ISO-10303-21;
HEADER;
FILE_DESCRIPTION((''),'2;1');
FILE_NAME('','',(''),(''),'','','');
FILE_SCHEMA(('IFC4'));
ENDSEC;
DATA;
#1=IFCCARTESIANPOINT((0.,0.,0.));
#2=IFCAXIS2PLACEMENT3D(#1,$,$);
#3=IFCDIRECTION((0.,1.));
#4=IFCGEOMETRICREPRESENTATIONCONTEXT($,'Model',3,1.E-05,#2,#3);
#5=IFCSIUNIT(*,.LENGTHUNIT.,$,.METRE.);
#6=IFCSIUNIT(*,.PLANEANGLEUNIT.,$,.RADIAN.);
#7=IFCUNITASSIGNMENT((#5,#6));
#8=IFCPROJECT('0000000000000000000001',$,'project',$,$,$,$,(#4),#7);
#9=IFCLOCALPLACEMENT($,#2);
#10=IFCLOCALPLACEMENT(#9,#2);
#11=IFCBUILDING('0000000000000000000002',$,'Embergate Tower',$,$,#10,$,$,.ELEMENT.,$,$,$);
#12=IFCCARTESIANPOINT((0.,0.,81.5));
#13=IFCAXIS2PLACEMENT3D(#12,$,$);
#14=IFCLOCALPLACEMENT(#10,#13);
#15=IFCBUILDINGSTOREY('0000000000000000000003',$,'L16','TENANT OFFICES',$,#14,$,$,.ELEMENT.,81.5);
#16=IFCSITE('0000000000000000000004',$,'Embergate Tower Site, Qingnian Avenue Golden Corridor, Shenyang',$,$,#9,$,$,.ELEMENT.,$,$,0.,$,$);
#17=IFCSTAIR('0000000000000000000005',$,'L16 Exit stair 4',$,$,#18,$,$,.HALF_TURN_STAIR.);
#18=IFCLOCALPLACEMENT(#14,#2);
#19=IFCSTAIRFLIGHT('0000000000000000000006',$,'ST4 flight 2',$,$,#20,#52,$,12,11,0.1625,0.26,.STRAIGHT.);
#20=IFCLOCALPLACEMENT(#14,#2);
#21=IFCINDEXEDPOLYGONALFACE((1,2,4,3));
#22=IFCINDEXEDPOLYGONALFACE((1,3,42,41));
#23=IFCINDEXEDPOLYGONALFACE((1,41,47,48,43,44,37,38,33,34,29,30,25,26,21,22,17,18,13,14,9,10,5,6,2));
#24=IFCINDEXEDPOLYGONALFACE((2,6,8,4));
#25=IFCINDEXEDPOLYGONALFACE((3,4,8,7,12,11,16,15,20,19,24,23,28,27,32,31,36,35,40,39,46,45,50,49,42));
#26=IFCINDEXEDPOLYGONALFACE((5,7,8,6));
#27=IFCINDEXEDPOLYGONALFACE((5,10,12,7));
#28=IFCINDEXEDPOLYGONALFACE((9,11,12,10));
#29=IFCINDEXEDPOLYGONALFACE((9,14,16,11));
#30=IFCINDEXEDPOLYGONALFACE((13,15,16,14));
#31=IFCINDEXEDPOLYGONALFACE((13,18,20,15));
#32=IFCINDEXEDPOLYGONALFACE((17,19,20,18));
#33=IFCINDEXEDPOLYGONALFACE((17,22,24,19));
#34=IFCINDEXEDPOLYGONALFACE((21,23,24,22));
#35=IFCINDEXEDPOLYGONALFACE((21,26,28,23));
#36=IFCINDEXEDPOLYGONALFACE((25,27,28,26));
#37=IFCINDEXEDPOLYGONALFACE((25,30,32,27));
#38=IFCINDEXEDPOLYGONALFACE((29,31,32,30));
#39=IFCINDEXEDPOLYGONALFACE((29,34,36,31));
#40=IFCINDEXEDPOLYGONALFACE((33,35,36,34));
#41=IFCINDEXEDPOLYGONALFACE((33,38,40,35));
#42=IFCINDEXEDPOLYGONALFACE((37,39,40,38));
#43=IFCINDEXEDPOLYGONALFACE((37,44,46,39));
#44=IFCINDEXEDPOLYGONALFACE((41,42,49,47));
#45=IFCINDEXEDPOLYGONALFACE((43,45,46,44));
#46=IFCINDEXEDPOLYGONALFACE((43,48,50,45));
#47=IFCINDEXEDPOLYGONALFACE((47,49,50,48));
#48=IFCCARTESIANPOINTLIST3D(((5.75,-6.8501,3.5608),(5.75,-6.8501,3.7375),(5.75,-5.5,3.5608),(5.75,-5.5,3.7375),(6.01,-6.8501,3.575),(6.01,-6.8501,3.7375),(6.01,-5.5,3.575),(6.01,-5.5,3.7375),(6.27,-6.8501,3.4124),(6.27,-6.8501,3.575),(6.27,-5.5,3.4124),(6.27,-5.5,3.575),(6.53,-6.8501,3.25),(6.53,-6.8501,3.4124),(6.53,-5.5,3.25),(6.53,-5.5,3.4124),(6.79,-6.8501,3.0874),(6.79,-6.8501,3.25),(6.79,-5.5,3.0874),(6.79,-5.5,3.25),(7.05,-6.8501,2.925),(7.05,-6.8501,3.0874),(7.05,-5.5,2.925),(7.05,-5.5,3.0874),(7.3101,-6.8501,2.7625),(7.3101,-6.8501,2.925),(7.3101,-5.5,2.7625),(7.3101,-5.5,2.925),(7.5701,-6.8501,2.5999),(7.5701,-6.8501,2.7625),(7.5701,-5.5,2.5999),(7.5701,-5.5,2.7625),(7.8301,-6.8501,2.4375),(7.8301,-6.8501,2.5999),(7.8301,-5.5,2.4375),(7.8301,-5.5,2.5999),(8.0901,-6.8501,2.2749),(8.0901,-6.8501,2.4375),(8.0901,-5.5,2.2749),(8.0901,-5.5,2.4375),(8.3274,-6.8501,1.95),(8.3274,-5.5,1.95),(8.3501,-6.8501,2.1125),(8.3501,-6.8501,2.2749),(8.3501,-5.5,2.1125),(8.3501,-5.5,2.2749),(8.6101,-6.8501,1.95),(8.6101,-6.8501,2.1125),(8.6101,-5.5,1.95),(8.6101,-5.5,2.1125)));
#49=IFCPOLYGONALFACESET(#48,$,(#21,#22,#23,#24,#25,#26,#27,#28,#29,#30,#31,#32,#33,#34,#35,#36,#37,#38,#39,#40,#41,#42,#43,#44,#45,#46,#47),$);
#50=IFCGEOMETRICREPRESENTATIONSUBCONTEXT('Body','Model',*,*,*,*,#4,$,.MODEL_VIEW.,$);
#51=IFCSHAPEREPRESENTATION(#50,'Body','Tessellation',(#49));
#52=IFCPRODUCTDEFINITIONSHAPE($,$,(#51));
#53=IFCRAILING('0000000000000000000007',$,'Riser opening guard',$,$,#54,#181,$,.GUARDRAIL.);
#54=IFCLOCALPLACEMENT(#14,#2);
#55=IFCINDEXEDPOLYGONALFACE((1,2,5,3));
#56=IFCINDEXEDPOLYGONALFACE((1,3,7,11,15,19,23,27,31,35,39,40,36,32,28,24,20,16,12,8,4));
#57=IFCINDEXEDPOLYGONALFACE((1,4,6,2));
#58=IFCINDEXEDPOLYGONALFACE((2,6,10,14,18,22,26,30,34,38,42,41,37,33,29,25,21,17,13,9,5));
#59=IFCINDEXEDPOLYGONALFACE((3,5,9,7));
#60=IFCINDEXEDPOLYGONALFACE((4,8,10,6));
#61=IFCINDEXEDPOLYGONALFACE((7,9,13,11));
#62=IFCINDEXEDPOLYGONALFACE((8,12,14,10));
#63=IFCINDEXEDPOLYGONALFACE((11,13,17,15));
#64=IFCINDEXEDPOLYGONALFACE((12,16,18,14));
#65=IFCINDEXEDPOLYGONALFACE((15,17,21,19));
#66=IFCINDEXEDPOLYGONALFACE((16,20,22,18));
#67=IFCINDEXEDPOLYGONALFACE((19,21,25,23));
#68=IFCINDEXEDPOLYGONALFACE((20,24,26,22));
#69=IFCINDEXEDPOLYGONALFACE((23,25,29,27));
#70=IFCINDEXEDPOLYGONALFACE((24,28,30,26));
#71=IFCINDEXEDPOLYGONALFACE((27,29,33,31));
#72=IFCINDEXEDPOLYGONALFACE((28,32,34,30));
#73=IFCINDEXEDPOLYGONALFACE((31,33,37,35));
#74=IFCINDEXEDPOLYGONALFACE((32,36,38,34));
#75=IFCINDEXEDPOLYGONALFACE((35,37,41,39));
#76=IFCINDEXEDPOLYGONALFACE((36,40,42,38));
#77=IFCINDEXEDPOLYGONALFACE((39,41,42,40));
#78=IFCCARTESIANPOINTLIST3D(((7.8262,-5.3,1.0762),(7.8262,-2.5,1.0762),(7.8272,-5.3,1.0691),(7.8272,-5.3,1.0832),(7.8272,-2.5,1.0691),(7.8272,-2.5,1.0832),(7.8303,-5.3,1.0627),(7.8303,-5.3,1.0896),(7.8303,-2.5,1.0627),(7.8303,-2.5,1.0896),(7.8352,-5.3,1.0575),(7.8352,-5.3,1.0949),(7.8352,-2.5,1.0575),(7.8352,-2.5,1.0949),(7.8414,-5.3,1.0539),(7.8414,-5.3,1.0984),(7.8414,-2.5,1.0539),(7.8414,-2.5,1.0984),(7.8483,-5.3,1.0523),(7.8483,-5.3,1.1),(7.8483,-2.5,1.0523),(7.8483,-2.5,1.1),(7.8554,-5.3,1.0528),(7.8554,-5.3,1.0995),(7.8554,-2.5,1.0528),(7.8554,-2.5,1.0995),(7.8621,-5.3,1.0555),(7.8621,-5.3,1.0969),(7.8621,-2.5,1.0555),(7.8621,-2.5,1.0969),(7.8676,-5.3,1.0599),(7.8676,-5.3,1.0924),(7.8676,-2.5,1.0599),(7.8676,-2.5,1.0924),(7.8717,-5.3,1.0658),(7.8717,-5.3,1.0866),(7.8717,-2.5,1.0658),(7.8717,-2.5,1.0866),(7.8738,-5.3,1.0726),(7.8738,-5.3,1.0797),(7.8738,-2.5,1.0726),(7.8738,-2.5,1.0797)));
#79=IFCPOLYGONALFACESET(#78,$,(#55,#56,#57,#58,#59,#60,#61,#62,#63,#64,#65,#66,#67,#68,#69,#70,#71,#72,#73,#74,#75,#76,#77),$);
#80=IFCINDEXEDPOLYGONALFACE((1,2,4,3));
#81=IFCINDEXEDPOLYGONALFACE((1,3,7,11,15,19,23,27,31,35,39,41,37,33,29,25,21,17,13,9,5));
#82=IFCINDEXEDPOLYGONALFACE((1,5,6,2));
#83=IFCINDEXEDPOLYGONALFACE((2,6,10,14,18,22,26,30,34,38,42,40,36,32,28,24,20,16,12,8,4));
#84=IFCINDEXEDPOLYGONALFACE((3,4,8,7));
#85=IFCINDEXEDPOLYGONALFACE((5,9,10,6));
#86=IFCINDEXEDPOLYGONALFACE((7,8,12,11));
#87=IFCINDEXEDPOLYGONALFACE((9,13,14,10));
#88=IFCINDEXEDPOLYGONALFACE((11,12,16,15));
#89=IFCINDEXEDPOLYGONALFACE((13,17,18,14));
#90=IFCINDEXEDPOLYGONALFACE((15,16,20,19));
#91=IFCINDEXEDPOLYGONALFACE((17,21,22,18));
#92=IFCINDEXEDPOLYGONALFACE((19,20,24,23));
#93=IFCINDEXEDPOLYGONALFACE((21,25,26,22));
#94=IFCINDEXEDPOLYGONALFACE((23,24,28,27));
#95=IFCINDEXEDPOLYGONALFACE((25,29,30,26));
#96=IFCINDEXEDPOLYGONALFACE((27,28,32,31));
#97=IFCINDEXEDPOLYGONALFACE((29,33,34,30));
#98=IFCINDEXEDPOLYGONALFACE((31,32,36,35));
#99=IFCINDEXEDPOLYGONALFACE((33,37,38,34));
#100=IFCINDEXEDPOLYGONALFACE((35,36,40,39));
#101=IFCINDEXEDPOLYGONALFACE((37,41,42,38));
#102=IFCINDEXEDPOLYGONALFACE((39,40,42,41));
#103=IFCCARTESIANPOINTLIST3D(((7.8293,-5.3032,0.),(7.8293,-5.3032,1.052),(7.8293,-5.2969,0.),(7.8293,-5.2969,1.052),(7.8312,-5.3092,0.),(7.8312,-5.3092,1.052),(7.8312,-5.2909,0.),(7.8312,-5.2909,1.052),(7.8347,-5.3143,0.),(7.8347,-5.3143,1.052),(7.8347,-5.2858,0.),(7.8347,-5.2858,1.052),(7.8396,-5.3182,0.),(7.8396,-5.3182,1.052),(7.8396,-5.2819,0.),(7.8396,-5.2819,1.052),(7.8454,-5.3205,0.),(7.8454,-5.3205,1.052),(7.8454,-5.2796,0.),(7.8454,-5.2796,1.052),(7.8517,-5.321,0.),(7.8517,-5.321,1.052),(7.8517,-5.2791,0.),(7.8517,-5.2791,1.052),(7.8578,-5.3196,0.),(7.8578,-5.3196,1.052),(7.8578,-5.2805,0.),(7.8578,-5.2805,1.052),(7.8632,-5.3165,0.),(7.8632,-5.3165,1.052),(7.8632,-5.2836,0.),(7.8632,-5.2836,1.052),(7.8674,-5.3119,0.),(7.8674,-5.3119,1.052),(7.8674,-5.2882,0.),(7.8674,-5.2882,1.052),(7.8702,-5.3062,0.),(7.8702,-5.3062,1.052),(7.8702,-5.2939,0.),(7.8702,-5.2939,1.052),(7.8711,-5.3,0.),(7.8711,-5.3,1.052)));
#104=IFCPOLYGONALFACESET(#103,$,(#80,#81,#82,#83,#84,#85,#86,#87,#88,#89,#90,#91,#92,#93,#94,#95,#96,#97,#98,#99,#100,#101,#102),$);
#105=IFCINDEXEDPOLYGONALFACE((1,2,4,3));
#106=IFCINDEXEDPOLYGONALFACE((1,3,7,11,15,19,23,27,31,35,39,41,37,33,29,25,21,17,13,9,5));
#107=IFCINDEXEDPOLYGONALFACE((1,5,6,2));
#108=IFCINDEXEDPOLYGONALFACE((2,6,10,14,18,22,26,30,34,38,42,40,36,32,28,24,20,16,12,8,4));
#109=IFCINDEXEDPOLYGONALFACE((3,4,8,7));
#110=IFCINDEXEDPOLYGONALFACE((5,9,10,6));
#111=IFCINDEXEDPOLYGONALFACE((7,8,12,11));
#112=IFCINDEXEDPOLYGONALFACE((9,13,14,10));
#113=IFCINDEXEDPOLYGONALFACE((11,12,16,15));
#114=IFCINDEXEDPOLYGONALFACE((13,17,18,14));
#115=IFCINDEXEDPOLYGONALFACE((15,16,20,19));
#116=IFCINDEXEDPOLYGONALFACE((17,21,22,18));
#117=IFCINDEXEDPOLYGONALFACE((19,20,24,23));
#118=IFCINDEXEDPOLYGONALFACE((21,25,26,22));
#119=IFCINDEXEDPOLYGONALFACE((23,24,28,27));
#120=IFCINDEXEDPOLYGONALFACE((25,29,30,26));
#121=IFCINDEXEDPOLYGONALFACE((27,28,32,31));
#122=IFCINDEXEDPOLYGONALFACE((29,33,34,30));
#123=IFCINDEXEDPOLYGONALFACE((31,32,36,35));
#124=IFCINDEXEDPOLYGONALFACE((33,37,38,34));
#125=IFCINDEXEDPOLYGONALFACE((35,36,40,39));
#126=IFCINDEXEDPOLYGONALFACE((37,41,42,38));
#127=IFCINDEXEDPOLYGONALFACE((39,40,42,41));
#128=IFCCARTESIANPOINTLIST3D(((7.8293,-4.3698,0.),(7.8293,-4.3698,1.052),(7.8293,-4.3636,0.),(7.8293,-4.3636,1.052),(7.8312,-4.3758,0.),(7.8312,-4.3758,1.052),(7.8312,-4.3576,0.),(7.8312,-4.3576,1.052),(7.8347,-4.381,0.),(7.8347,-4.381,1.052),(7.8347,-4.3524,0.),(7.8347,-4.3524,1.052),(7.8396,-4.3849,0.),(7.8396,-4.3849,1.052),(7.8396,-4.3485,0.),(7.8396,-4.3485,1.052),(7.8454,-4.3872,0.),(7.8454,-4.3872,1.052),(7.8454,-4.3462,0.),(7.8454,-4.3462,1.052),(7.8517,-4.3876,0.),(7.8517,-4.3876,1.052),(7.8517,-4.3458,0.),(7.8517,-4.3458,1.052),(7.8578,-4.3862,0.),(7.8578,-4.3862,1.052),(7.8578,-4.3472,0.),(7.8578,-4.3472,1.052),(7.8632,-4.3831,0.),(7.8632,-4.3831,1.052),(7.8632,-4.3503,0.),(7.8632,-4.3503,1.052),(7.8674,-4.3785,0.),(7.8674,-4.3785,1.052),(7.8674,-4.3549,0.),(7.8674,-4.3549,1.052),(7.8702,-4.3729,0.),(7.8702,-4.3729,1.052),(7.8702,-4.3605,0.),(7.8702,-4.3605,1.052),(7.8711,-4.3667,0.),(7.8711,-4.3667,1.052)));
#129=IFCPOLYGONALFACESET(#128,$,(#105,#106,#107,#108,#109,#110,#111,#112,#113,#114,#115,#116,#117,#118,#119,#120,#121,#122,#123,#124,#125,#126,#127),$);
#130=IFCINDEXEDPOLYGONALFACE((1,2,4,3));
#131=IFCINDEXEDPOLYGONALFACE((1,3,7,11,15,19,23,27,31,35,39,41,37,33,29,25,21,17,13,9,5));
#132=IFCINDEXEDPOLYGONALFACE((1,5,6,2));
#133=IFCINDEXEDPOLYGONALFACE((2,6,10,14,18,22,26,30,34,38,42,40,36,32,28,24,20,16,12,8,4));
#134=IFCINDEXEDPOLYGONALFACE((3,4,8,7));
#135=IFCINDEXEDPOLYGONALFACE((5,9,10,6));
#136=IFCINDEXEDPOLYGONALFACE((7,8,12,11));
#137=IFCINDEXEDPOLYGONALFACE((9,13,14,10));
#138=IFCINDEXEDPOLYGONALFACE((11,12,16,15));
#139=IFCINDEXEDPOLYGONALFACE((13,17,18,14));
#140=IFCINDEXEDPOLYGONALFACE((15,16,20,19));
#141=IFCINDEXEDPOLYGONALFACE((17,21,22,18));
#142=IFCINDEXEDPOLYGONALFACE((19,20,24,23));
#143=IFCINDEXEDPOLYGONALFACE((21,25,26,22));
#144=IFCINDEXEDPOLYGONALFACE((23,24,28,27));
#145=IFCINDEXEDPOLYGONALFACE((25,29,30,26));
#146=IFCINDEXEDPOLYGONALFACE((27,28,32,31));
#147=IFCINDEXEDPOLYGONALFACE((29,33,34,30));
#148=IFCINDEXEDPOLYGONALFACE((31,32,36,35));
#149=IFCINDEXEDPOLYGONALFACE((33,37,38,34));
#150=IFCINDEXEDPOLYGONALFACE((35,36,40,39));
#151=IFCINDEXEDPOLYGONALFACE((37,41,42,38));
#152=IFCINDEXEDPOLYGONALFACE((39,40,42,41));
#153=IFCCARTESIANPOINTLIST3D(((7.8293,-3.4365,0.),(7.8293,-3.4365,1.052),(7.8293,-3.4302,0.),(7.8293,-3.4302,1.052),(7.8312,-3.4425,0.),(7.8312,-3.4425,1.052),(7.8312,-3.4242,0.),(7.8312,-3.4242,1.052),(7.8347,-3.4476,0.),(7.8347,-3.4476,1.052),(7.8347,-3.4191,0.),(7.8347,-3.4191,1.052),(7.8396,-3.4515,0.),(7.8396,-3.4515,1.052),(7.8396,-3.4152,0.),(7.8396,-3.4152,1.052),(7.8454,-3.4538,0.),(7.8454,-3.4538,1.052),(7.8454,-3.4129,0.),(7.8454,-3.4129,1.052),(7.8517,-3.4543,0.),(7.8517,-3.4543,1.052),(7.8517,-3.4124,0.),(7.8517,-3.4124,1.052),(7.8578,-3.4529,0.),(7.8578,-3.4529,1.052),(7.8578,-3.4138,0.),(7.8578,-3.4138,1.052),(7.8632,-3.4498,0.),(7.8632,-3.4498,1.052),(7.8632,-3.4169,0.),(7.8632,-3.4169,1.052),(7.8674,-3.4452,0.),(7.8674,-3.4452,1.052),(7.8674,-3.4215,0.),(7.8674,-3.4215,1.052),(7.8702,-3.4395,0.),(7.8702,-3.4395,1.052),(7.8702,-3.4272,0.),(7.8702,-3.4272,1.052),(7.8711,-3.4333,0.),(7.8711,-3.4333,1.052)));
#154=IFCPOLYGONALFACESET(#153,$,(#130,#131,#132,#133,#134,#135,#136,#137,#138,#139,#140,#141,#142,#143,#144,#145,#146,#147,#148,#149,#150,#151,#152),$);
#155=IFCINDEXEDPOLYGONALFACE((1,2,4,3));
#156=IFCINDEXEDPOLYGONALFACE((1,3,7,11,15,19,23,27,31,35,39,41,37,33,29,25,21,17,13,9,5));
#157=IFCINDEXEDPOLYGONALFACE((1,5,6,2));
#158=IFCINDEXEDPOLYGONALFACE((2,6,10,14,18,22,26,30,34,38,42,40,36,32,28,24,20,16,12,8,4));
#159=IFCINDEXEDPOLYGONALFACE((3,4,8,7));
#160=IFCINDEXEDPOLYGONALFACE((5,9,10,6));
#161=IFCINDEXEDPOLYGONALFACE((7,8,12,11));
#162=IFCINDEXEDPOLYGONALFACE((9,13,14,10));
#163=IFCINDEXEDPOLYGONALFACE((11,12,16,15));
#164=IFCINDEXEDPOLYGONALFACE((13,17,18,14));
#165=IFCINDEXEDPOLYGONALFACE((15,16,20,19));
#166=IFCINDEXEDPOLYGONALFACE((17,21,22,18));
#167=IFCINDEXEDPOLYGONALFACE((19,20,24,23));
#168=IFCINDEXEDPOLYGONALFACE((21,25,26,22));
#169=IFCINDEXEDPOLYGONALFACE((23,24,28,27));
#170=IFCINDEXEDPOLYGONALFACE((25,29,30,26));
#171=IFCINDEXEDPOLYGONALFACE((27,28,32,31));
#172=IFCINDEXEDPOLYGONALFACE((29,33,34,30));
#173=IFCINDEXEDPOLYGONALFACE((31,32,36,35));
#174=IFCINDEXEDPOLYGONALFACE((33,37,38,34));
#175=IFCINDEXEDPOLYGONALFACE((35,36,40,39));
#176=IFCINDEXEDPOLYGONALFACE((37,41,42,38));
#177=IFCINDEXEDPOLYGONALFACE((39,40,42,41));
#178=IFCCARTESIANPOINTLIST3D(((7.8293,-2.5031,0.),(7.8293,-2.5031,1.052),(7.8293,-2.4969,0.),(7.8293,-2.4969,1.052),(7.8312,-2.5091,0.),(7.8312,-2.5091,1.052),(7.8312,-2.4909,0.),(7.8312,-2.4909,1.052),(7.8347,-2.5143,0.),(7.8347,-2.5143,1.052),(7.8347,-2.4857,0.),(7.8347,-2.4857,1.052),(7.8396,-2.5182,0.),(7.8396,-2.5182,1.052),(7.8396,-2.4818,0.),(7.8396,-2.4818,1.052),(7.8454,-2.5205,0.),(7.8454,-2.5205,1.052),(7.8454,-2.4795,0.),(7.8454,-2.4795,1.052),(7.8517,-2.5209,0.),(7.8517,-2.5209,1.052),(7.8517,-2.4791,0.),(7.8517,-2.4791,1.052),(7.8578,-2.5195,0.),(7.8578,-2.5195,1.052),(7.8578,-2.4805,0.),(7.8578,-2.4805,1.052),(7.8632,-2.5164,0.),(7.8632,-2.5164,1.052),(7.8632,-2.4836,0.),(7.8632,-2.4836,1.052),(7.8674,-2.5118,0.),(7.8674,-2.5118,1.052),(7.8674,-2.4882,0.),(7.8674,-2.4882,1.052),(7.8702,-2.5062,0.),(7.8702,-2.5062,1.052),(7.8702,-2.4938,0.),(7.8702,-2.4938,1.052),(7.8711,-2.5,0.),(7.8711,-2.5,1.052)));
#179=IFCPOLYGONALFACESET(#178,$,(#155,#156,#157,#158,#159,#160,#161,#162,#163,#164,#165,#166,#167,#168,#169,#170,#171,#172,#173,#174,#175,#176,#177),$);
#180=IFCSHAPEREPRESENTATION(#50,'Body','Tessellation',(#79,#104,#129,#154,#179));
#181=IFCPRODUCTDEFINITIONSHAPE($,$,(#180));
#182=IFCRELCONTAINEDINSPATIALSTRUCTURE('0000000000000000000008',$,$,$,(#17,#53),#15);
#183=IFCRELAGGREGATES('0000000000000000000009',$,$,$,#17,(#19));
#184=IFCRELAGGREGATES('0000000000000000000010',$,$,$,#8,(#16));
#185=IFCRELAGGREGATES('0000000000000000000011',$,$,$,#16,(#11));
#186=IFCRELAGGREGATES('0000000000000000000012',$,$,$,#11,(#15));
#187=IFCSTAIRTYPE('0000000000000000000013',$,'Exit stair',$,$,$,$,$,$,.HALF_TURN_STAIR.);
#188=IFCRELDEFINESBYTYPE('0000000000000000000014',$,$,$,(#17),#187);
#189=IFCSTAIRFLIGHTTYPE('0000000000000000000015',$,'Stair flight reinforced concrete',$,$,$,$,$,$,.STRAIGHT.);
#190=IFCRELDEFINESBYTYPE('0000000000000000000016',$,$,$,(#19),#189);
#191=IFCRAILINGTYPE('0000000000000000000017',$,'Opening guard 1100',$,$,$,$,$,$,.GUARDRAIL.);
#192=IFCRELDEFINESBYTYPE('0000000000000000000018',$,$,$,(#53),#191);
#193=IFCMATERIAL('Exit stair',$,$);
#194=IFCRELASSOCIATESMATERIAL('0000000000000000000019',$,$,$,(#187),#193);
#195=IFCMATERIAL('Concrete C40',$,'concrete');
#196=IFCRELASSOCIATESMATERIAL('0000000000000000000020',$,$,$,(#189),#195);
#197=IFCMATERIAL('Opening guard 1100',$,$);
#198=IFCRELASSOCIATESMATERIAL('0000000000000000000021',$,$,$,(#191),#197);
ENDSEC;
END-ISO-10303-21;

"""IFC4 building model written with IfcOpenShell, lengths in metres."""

from ifc_helpers import new_model, si_unit, direction, frame, origin, origin_2d, place, context, subcontext, project, spatial, polyline, circle, outline, extrude, source, transform, mapped, material, type_object, element, aggregate, save


model = new_model("IFC4")

# Units and contexts
model_context = context("Model", 3, precision=1e-05, world=origin(), true_north=direction((0.0, 1.0)))
body_context = subcontext(model_context, "Body", "Model", "MODEL_VIEW")
ifc_project = project(units=[si_unit("LENGTHUNIT", "METRE"), si_unit("PLANEANGLEUNIT", "RADIAN")], contexts=[model_context])

# Site, building, storey
site_placement = place(None, origin())
site = spatial("IfcSite", under=ifc_project, at=site_placement, Name="Embergate Tower Site, Qingnian Avenue Golden Corridor, Shenyang", CompositionType="ELEMENT", RefElevation=0.0)
building_placement = place(site_placement, origin())
building = spatial("IfcBuilding", under=site, at=building_placement, Name="Embergate Tower", CompositionType="ELEMENT")
storey_placement = place(building_placement, frame((0.0, 0.0, 81.5)))
storey = spatial("IfcBuildingStorey", under=building, at=storey_placement, Name="L16", Description="TENANT OFFICES", CompositionType="ELEMENT", Elevation=81.5)

# Stair
ifc_material_1 = material(Name="Exit stair")
stair_type = type_object("IfcStairType", Name="Exit stair", PredefinedType="HALF_TURN_STAIR", material=ifc_material_1)
stair_placement = place(storey_placement, origin())
stair = element("IfcStair", 1, at=stair_placement, inside=storey, type_object=stair_type, Name="L16 Exit stair 4", PredefinedType="HALF_TURN_STAIR")
ifc_material_2 = material(Name="Concrete C40", Category="concrete")

# Stair flight
stair_flight_type = type_object("IfcStairFlightType", Name="Stair flight reinforced concrete", PredefinedType="STRAIGHT", material=ifc_material_2)
shared_shape_1 = source(origin(), body_context, "Body", "SweptSolid", [
    extrude(outline(polyline([(0.0, 0.0), (0.0, 0.1626), (0.26, 0.1626), (0.26, 0.325), (0.52, 0.325), (0.52, 0.4875), (0.78, 0.4875), (0.78, 0.6499), (1.04, 0.6499), (1.04, 0.8125), (1.3, 0.8125), (1.3, 0.9751), (1.5601, 0.9751), (1.5601, 1.1375), (1.8201, 1.1375), (1.8201, 1.3), (2.0801, 1.3), (2.0801, 1.4624), (2.3401, 1.4624), (2.3401, 1.625), (2.6001, 1.625), (2.6001, 1.7876), (2.8601, 1.7876), (2.8601, 1.95), (2.8601, 1.6108), (0.2827, 0.0), (0.0, 0.0)])), frame((0.0, 0.675, 0.0), z_axis=(0.0, -1.0, 0.0), x_axis=(1.0, 0.0, 0.0)), (0.0, 0.0, 1.0), 1.3501),
])
stair_flight_placement = place(storey_placement, frame((8.6101, -6.175, 1.95), z_axis=(0.0, 0.0, 1.0), x_axis=(-1.0, 0.0, 0.0)))
stair_flight = element("IfcStairFlight", 2, at=stair_flight_placement, type_object=stair_flight_type, Name="ST4 flight 2", NumberOfRisers=12, NumberOfTreads=11, PredefinedType="STRAIGHT", RiserHeight=0.1625, TreadLength=0.26, context=body_context, shape_type="MappedRepresentation", body=[
    mapped(shared_shape_1, transform((0.0, 0.0, 0.0))),
])
aggregate(stair, [stair_flight])

# Railing
ifc_material_3 = material(Name="Opening guard 1100")
railing_type = type_object("IfcRailingType", Name="Opening guard 1100", PredefinedType="GUARDRAIL", material=ifc_material_3)
shared_shape_2 = source(origin(), body_context, "Body", "SweptSolid", [
    extrude(circle(Radius=0.0239, at=origin_2d()), frame((0.0, 0.0, 1.0762), z_axis=(0.0, 1.0, 0.0), x_axis=(-1.0, 0.0, 0.0)), (0.0, 0.0, 1.0), 2.8),
    extrude(circle(Radius=0.021, at=origin_2d()), origin(), (0.0, 0.0, 1.0), 1.052),
    extrude(circle(Radius=0.021, at=origin_2d()), frame((0.0, 0.9333, 0.0)), (0.0, 0.0, 1.0), 1.052),
    extrude(circle(Radius=0.021, at=origin_2d()), frame((0.0, 1.8667, 0.0)), (0.0, 0.0, 1.0), 1.052),
    extrude(circle(Radius=0.021, at=origin_2d()), frame((0.0, 2.8, 0.0)), (0.0, 0.0, 1.0), 1.052),
])
railing_placement = place(storey_placement, frame((7.8501, -5.3, 0.0)))
element("IfcRailing", 3, at=railing_placement, inside=storey, type_object=railing_type, Name="Riser opening guard", PredefinedType="GUARDRAIL", context=body_context, shape_type="MappedRepresentation", body=[
    mapped(shared_shape_2, transform((0.0, 0.0, 0.0))),
])

save(model, "model.ifc")
